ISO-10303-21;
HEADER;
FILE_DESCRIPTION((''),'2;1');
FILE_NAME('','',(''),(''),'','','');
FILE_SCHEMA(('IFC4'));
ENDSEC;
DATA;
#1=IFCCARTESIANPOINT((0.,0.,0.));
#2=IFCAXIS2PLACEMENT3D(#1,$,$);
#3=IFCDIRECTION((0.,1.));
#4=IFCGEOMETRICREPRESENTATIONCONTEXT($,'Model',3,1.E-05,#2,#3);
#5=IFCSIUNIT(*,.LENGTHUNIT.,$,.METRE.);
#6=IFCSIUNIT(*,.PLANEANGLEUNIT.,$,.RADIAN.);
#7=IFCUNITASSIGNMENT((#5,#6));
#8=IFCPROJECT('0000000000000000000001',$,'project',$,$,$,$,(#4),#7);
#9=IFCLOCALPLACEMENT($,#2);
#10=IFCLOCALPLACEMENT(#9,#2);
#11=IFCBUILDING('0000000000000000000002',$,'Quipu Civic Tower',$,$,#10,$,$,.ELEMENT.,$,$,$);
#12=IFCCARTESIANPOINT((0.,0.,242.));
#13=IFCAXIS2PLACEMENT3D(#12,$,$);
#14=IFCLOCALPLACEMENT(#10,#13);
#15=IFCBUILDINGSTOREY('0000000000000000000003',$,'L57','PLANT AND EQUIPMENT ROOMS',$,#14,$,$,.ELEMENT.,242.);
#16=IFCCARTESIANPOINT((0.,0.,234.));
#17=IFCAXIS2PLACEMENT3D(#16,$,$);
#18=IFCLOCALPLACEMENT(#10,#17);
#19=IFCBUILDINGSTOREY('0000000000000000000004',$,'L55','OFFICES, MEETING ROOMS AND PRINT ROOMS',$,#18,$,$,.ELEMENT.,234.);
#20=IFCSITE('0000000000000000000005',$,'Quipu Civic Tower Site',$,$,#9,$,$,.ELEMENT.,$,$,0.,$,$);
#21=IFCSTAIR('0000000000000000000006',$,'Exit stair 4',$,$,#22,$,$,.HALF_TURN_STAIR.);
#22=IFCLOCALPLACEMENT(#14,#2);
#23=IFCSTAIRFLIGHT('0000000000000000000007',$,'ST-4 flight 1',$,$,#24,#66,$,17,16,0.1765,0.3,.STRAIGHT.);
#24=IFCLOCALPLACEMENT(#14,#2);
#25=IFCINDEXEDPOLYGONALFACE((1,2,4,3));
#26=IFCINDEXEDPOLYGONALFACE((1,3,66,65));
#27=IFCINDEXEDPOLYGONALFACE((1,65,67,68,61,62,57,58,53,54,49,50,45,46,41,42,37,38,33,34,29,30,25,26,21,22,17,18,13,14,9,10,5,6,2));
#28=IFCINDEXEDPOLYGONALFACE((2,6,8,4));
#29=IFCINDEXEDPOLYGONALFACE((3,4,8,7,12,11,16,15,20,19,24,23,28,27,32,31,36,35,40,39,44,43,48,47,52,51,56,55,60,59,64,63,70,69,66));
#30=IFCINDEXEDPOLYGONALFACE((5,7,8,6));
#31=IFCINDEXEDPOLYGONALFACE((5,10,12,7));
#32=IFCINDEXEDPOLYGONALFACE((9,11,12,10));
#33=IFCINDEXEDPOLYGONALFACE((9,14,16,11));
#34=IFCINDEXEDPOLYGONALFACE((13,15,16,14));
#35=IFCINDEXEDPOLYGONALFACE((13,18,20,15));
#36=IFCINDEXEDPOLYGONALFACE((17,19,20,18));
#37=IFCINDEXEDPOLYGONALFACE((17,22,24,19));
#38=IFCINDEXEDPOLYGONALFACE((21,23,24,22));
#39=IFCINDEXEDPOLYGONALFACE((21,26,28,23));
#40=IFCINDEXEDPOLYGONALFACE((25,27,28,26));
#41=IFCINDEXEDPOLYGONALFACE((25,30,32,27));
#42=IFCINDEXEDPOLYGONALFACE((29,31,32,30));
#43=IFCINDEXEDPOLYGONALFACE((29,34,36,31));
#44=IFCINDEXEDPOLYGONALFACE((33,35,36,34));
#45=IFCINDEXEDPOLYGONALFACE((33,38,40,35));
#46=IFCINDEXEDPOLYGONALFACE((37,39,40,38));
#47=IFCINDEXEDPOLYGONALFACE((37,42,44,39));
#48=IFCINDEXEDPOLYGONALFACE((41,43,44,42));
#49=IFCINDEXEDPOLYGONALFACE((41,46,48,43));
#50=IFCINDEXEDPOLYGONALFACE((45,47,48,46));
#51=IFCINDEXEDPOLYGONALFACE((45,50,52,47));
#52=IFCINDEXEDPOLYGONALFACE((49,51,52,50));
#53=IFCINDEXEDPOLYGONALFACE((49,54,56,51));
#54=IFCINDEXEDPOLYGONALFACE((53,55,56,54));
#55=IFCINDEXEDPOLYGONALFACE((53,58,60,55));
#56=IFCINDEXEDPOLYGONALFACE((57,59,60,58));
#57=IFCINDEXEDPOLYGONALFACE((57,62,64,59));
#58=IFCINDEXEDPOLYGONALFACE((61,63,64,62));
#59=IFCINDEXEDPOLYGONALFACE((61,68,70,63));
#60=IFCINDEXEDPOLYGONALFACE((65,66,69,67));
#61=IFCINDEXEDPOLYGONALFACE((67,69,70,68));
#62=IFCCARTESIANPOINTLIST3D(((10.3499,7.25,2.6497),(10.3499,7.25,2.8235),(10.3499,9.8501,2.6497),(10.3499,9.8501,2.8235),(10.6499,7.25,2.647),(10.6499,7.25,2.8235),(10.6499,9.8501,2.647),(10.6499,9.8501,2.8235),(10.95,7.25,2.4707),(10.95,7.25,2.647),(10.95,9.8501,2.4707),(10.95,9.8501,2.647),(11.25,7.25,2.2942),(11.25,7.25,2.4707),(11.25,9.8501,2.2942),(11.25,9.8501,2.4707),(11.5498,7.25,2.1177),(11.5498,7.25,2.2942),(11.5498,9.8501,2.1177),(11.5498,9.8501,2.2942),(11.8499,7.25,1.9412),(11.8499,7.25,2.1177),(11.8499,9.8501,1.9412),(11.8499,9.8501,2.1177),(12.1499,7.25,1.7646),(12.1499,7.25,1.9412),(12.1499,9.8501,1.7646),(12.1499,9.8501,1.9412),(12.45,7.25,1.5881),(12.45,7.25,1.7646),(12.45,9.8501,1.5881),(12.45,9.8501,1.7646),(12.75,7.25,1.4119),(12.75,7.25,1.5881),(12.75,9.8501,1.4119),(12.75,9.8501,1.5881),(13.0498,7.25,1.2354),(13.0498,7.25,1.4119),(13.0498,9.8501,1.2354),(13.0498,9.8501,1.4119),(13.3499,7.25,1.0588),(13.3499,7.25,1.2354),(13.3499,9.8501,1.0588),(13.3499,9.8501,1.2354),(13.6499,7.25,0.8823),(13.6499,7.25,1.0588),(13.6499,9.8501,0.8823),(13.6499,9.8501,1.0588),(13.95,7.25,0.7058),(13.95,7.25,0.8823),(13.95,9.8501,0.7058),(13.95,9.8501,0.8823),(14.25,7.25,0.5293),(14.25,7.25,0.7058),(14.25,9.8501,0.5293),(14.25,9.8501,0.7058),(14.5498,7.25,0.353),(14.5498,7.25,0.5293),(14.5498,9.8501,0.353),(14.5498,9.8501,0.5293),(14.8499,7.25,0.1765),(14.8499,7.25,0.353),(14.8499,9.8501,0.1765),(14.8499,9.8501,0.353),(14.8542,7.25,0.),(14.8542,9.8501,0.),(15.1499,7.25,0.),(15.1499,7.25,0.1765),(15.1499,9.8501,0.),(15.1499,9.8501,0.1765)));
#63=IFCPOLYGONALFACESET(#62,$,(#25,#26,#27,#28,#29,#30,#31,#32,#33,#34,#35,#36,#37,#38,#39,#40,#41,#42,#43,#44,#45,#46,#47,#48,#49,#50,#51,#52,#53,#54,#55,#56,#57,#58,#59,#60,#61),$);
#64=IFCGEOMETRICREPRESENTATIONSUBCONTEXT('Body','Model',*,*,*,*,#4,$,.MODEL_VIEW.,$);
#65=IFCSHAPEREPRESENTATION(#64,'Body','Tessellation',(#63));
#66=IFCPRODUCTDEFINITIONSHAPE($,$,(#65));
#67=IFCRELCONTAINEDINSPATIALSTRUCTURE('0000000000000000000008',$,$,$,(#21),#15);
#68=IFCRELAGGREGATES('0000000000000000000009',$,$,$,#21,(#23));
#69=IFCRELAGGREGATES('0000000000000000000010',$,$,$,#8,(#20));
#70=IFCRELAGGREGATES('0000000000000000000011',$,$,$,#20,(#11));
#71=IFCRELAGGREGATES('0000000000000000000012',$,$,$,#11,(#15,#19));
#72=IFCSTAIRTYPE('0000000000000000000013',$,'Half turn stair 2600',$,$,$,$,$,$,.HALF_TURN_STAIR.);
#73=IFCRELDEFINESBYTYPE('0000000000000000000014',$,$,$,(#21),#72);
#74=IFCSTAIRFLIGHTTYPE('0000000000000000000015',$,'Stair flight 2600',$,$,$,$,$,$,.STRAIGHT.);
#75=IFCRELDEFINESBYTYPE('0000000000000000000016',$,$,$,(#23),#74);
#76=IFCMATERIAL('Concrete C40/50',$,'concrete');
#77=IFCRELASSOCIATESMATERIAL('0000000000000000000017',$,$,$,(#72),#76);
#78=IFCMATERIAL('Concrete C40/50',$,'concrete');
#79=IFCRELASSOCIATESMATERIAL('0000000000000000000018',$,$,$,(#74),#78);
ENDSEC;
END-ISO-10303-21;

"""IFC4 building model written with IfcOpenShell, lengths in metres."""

from ifc_helpers import new_model, si_unit, direction, frame, origin, place, context, subcontext, project, spatial, polyline, outline, extrude, material, type_object, element, aggregate, save


model = new_model("IFC4")

# Units and contexts
model_context = context("Model", 3, precision=1e-05, world=origin(), true_north=direction((0.0, 1.0)))
body_context = subcontext(model_context, "Body", "Model", "MODEL_VIEW")
ifc_project = project(units=[si_unit("LENGTHUNIT", "METRE"), si_unit("PLANEANGLEUNIT", "RADIAN")], contexts=[model_context])

# Site, building, storey
site_placement = place(None, origin())
site = spatial("IfcSite", under=ifc_project, at=site_placement, Name="Quipu Civic Tower Site", CompositionType="ELEMENT", RefElevation=0.0)
building_placement = place(site_placement, origin())
building = spatial("IfcBuilding", under=site, at=building_placement, Name="Quipu Civic Tower", CompositionType="ELEMENT")
storey_1_placement = place(building_placement, frame((0.0, 0.0, 242.0)))
storey_1 = spatial("IfcBuildingStorey", under=building, at=storey_1_placement, Name="L57", Description="PLANT AND EQUIPMENT ROOMS", CompositionType="ELEMENT", Elevation=242.0)

# Shared definitions
storey_2_placement = place(building_placement, frame((0.0, 0.0, 234.0)))
storey_2 = spatial("IfcBuildingStorey", under=building, at=storey_2_placement, Name="L55", Description="OFFICES, MEETING ROOMS AND PRINT ROOMS", CompositionType="ELEMENT", Elevation=234.0)

# Stair, stair flight
ifc_material_1 = material(Name="Concrete C40/50", Category="concrete")
stair_type = type_object("IfcStairType", Name="Half turn stair 2600", PredefinedType="HALF_TURN_STAIR", material=ifc_material_1)
stair_placement = place(storey_1_placement, origin())
stair = element("IfcStair", 1, at=stair_placement, inside=storey_1, type_object=stair_type, Name="Exit stair 4", PredefinedType="HALF_TURN_STAIR")
ifc_material_2 = material(Name="Concrete C40/50", Category="concrete")
stair_flight_type = type_object("IfcStairFlightType", Name="Stair flight 2600", PredefinedType="STRAIGHT", material=ifc_material_2)
stair_flight_placement = place(storey_1_placement, frame((15.1499, 8.55, 0.0), z_axis=(0.0, 0.0, 1.0), x_axis=(-1.0, 0.0, 0.0)))
stair_flight = element("IfcStairFlight", 2, at=stair_flight_placement, type_object=stair_flight_type, Name="ST-4 flight 1", NumberOfRisers=17, NumberOfTreads=16, PredefinedType="STRAIGHT", RiserHeight=0.1765, TreadLength=0.3, context=body_context, shape_type="SweptSolid", body=[
    extrude(outline(polyline([(0.0, 0.0), (0.0, 0.1765), (0.3, 0.1765), (0.3, 0.353), (0.6001, 0.353), (0.6001, 0.5293), (0.8999, 0.5293), (0.8999, 0.7058), (1.2, 0.7058), (1.2, 0.8823), (1.5, 0.8823), (1.5, 1.0588), (1.8, 1.0588), (1.8, 1.2354), (2.1001, 1.2354), (2.1001, 1.4119), (2.3999, 1.4119), (2.3999, 1.5881), (2.7, 1.5881), (2.7, 1.7646), (3.0, 1.7646), (3.0, 1.9412), (3.3, 1.9412), (3.3, 2.1177), (3.6001, 2.1177), (3.6001, 2.2942), (3.8999, 2.2942), (3.8999, 2.4707), (4.2, 2.4707), (4.2, 2.647), (4.5, 2.647), (4.5, 2.8235), (4.8, 2.8235), (4.8, 3.0), (4.8, 2.6497), (0.2957, 0.0), (0.0, 0.0)])), frame((0.0, 1.3, 0.0), z_axis=(0.0, -1.0, 0.0), x_axis=(1.0, 0.0, 0.0)), (0.0, 0.0, 1.0), 2.6001),
])
aggregate(stair, [stair_flight])

save(model, "model.ifc")
